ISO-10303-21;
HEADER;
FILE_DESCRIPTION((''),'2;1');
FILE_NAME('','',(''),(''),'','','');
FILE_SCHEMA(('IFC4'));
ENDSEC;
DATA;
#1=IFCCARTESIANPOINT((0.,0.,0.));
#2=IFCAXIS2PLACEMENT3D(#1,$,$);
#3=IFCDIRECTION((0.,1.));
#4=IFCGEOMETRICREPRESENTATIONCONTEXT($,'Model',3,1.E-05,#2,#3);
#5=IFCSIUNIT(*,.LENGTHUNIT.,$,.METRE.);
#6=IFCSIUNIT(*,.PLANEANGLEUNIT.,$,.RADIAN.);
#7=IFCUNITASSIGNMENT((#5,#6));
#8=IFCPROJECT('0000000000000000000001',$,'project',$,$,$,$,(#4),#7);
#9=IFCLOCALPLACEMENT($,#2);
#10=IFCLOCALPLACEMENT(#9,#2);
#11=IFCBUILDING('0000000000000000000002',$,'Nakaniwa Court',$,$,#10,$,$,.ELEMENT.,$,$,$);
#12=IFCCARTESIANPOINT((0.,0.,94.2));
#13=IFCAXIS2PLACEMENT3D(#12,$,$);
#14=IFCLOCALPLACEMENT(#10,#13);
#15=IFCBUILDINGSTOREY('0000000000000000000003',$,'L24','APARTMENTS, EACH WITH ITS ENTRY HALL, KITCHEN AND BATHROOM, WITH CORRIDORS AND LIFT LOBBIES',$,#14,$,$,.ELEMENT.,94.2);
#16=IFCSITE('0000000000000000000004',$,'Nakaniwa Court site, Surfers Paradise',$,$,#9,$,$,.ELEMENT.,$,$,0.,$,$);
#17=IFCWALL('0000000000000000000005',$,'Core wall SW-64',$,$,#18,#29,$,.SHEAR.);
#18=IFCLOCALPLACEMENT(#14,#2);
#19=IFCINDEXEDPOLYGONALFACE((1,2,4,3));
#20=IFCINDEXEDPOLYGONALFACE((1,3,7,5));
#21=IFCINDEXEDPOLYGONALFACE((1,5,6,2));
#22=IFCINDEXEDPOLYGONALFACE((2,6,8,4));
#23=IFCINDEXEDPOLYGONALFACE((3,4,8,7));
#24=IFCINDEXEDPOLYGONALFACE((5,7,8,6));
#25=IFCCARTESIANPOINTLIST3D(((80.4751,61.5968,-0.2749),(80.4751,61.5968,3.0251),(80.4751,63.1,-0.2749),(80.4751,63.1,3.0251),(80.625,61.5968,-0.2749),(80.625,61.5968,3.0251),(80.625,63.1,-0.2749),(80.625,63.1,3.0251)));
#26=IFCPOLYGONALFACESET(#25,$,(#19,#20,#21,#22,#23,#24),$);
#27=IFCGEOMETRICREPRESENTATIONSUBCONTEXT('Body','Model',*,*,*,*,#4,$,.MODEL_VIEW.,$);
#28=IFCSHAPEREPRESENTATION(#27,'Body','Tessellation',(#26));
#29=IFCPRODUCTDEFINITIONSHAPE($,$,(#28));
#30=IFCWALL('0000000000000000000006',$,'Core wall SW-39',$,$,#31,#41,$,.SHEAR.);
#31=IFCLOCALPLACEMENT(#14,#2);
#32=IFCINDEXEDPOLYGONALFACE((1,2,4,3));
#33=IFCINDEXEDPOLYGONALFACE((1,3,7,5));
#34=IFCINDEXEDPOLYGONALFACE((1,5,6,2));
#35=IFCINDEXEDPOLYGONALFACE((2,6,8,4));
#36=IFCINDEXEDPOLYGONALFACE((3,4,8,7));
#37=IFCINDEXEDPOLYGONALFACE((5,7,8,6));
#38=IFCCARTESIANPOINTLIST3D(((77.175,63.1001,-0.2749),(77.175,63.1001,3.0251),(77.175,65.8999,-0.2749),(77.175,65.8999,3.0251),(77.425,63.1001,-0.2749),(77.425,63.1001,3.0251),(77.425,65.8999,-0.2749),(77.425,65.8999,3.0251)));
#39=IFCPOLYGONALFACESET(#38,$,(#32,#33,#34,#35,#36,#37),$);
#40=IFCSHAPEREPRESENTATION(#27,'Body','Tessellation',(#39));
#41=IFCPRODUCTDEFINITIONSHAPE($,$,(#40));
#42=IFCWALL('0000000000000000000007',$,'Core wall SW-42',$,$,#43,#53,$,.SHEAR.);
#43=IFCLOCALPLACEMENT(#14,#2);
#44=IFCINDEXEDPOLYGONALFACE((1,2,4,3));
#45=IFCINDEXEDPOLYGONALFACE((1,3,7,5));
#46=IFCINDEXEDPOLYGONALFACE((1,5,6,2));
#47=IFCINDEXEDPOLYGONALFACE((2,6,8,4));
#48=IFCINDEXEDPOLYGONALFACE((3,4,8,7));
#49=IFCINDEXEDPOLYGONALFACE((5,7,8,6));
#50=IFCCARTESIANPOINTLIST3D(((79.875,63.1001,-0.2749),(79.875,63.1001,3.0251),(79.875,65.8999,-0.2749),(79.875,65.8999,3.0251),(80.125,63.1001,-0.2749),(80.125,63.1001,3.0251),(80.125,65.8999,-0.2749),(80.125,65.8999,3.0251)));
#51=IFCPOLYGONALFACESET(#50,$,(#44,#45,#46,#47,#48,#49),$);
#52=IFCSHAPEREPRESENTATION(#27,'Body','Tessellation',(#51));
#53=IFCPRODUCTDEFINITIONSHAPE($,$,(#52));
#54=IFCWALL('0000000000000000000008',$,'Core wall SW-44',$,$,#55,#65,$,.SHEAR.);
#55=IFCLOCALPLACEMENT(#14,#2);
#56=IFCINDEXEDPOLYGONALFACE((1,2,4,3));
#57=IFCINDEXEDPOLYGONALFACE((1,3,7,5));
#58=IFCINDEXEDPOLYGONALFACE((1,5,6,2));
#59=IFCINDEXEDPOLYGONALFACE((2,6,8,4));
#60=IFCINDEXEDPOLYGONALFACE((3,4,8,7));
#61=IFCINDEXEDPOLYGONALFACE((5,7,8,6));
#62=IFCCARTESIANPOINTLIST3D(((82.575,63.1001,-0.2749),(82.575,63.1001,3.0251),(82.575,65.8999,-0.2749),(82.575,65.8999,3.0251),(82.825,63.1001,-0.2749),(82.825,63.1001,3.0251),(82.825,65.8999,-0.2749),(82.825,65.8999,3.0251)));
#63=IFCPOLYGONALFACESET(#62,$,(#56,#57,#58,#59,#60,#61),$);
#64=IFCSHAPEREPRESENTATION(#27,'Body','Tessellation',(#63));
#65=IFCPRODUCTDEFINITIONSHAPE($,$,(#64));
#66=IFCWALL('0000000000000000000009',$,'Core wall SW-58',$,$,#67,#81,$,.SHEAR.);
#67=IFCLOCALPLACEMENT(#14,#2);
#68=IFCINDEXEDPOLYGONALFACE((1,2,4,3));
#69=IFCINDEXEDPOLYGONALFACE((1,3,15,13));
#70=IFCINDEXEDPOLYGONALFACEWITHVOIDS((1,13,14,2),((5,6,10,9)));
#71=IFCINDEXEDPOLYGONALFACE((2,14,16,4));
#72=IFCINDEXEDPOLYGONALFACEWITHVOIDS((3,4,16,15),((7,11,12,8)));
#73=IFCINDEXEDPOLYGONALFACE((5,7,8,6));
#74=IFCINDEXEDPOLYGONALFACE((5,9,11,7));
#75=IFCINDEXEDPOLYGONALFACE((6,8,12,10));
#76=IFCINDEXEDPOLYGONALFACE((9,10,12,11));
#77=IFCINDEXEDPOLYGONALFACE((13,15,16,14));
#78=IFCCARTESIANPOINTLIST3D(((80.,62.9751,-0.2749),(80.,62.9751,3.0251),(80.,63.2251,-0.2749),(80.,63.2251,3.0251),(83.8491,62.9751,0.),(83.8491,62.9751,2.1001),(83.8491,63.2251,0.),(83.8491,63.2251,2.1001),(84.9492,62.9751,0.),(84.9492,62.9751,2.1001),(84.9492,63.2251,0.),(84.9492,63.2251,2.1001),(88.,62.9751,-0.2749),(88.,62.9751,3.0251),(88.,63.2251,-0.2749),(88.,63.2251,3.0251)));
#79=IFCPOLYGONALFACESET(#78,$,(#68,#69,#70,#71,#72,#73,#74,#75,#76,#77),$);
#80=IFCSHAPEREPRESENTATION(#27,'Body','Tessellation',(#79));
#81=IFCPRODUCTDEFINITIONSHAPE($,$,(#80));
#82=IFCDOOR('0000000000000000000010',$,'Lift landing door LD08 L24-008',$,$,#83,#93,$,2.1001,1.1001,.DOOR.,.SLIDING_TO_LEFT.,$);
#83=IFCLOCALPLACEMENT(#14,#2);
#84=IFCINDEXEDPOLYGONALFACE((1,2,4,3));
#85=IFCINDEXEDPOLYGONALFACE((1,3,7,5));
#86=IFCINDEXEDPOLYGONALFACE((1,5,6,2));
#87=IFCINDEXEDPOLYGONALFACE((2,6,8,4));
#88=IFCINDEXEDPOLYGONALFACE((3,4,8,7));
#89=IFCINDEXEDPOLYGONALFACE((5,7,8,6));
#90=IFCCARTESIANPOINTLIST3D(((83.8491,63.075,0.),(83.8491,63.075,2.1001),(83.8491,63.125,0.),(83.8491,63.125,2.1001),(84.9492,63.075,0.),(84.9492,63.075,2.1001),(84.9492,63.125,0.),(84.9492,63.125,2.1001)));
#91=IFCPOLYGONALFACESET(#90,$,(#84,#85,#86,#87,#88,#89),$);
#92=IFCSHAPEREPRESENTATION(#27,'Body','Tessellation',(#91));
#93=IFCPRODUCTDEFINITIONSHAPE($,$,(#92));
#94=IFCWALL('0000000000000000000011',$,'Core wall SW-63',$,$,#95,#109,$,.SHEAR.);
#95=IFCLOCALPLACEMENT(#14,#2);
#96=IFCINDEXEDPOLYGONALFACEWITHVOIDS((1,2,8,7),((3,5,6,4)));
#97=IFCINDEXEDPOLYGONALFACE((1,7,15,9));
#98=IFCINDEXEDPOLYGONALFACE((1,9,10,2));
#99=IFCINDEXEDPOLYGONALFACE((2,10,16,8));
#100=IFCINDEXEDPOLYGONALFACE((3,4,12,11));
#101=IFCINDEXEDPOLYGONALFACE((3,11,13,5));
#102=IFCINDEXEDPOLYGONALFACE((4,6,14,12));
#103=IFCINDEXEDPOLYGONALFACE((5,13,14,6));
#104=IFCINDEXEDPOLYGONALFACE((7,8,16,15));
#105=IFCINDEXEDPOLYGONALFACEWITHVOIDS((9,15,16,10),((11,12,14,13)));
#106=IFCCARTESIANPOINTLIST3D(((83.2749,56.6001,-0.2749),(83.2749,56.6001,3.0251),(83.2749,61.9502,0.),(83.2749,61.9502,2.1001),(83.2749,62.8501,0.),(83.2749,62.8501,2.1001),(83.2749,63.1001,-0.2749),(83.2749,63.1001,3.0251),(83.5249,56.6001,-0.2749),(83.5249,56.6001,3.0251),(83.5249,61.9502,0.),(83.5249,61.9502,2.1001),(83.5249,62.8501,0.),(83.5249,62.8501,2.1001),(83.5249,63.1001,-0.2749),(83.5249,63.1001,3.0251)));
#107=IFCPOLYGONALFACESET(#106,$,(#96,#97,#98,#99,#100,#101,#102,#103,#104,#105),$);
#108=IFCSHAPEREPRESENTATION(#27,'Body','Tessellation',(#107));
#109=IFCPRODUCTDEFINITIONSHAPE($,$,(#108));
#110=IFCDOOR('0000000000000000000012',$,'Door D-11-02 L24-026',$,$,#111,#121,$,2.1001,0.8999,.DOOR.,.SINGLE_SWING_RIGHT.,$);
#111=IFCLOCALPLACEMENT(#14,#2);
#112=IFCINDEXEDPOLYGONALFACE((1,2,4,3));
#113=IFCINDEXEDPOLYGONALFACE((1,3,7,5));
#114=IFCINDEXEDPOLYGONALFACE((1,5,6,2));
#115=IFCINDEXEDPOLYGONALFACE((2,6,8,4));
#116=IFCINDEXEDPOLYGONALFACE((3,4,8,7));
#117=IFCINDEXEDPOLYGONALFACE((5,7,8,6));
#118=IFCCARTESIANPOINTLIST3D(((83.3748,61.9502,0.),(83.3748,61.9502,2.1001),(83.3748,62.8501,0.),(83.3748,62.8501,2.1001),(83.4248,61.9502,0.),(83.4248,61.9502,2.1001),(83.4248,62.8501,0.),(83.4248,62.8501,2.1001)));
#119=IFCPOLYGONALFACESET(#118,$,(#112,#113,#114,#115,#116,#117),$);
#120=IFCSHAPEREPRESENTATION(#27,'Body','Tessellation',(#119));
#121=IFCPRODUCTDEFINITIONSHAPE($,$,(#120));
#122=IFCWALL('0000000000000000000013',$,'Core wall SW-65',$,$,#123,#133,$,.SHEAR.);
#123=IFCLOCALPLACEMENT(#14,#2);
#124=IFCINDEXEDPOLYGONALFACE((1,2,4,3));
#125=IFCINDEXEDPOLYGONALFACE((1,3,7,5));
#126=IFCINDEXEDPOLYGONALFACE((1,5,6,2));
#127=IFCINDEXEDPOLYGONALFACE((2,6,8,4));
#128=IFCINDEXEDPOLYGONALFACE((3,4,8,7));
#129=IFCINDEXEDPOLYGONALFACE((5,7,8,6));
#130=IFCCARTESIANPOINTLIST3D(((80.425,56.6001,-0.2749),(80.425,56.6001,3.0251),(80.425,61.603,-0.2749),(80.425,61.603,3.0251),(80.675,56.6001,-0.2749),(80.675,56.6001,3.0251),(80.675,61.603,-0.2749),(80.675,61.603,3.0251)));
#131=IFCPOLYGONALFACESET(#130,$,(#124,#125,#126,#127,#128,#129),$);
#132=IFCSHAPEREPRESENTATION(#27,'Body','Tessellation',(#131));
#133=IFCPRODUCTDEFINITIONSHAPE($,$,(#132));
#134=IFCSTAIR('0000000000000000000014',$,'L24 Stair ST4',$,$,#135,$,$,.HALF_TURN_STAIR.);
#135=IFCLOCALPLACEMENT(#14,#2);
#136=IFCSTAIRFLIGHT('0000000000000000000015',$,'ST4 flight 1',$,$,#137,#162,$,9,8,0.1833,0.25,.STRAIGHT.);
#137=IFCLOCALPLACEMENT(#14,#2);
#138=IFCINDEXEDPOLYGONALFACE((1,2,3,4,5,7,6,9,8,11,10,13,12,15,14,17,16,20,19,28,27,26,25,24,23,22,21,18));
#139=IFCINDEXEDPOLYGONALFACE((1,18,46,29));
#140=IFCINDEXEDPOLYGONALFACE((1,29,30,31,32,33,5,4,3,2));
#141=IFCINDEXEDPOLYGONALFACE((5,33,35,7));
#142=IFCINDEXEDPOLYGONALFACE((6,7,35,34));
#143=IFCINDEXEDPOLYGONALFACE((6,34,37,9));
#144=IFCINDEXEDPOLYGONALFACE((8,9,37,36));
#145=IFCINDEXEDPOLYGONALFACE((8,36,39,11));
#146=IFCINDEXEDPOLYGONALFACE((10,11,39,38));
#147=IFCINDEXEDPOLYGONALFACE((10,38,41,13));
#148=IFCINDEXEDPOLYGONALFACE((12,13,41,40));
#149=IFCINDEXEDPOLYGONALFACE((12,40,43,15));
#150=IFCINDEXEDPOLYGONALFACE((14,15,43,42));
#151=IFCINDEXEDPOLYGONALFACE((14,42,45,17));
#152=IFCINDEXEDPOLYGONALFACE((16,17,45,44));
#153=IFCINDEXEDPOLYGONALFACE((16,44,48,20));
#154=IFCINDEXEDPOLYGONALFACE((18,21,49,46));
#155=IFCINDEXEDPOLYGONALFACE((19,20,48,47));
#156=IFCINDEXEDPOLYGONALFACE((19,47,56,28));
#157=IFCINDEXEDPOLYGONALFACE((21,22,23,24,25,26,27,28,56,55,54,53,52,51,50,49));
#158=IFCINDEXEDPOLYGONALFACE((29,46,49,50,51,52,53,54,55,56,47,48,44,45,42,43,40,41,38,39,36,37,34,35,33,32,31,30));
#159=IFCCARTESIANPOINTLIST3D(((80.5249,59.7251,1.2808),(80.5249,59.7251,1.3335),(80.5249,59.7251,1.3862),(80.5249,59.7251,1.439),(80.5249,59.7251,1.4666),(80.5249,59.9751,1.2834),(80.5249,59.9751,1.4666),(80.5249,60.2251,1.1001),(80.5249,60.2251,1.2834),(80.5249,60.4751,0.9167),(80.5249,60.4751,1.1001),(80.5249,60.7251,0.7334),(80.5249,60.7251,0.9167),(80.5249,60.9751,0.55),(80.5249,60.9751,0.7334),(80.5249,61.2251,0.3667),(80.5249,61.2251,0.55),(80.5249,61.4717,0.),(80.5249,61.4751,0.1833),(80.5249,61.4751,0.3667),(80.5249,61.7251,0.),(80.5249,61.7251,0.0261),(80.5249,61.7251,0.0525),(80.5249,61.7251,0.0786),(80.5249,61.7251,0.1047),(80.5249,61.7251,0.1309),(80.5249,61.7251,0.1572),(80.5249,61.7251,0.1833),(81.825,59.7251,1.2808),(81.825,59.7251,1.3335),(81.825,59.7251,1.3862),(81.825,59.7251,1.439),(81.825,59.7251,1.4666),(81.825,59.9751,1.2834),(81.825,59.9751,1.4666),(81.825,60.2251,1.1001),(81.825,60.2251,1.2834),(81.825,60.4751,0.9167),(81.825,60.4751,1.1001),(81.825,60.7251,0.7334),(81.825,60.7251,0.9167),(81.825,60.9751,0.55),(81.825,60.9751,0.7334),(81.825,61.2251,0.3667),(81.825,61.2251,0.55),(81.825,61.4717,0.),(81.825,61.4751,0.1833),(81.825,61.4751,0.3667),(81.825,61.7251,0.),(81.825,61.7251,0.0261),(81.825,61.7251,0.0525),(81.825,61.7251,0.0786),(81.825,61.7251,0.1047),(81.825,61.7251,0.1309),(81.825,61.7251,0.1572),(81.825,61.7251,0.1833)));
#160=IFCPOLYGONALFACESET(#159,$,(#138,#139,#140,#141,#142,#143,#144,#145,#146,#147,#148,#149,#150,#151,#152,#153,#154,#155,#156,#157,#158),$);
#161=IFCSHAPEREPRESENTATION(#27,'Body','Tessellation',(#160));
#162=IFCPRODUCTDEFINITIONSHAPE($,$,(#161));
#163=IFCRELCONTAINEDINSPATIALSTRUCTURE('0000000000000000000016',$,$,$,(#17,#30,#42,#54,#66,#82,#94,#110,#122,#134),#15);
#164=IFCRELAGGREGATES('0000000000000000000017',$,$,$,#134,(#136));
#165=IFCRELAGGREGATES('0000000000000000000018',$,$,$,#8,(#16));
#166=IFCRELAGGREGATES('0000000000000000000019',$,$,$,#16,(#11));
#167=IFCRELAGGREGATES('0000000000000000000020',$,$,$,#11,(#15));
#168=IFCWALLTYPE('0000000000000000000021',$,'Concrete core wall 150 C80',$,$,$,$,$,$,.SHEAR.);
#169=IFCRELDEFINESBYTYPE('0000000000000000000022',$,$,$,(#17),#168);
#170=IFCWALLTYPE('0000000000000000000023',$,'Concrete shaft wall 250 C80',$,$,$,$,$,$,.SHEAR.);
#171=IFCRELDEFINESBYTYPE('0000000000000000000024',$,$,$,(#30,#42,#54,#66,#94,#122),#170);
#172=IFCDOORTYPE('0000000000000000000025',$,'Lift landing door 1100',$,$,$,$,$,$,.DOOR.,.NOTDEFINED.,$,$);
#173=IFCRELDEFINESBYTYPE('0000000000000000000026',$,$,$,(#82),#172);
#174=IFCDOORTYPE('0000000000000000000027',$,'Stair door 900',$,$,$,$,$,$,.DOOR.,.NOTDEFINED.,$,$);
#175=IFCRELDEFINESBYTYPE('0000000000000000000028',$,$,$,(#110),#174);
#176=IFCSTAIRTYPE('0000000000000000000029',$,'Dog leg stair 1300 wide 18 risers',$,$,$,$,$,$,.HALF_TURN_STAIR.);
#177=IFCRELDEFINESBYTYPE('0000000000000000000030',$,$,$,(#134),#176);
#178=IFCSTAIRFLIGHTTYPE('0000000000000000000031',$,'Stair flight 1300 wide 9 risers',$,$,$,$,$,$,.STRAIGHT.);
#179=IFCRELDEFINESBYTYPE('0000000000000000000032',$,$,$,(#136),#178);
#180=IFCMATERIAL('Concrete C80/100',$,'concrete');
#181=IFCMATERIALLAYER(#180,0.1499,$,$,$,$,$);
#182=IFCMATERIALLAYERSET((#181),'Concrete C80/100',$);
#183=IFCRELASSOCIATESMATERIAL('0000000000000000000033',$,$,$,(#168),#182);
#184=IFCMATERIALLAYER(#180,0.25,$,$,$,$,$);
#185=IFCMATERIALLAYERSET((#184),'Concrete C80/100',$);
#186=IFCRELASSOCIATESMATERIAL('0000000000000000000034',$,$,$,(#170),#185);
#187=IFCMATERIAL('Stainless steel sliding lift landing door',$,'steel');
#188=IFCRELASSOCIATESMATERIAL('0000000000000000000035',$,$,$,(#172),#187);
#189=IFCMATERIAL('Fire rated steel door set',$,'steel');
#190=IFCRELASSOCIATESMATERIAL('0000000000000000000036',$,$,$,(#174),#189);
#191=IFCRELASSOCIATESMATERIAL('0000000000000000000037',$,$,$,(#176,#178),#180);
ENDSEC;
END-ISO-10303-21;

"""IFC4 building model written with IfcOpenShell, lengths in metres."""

from ifc_helpers import new_model, si_unit, direction, frame, frame_2d, origin, place, context, subcontext, project, spatial, polyline, rectangle, outline, extrude, material, layer, layer_set, type_object, element, fill, aggregate, save


model = new_model("IFC4")

# Units and contexts
model_context = context("Model", 3, precision=1e-05, world=origin(), true_north=direction((0.0, 1.0)))
body_context = subcontext(model_context, "Body", "Model", "MODEL_VIEW")
ifc_project = project(units=[si_unit("LENGTHUNIT", "METRE"), si_unit("PLANEANGLEUNIT", "RADIAN")], contexts=[model_context])

# Site, building, storey
site_placement = place(None, origin())
site = spatial("IfcSite", under=ifc_project, at=site_placement, Name="Nakaniwa Court site, Surfers Paradise", CompositionType="ELEMENT", RefElevation=0.0)
building_placement = place(site_placement, origin())
building = spatial("IfcBuilding", under=site, at=building_placement, Name="Nakaniwa Court", CompositionType="ELEMENT")
storey_placement = place(building_placement, frame((0.0, 0.0, 94.2)))
storey = spatial("IfcBuildingStorey", under=building, at=storey_placement, Name="L24", Description="APARTMENTS, EACH WITH ITS ENTRY HALL, KITCHEN AND BATHROOM, WITH CORRIDORS AND LIFT LOBBIES", CompositionType="ELEMENT", Elevation=94.2)

# Shared definitions
ifc_material_1 = material(Name="Concrete C80/100", Category="concrete")

# Shared definitions
ifc_material_2 = material(Name="Fire rated steel door set", Category="steel")

# Walls
ifc_layer_1 = layer(ifc_material_1, 0.1499)
ifc_layer_set_1 = layer_set([ifc_layer_1], Name="Concrete C80/100")
wall_type_1 = type_object("IfcWallType", Name="Concrete core wall 150 C80", PredefinedType="SHEAR", material=ifc_layer_set_1)
wall_1_placement = place(storey_placement, frame((80.55, 61.5969, -0.2749), z_axis=(0.0, 0.0, 1.0), x_axis=(0.0, 1.0, 0.0)))
element("IfcWall", 1, at=wall_1_placement, inside=storey, type_object=wall_type_1, Name="Core wall SW-64", PredefinedType="SHEAR", context=body_context, shape_type="SweptSolid", body=[
    extrude(rectangle(XDim=1.5032, YDim=0.1499, at=frame_2d((0.7515, 0.0))), origin(), (0.0, 0.0, 1.0), 3.3),
])
ifc_layer_2 = layer(ifc_material_1, 0.25)
ifc_layer_set_2 = layer_set([ifc_layer_2], Name="Concrete C80/100")
wall_type_2 = type_object("IfcWallType", Name="Concrete shaft wall 250 C80", PredefinedType="SHEAR", material=ifc_layer_set_2)
for number, where, z_axis, x_axis, name in (
    (2, (77.3, 63.1001, -0.2749), (0.0, 0.0, 1.0), (0.0, 1.0, 0.0), "Core wall SW-39"),
    (3, (80.0, 63.1001, -0.2749), (0.0, 0.0, 1.0), (0.0, 1.0, 0.0), "Core wall SW-42"),
    (4, (82.7, 63.1001, -0.2749), (0.0, 0.0, 1.0), (0.0, 1.0, 0.0), "Core wall SW-44"),
):
    element("IfcWall", number, at=place(storey_placement, frame(where, z_axis=z_axis, x_axis=x_axis)), inside=storey, type_object=wall_type_2, Name=name, PredefinedType="SHEAR", context=body_context, shape_type="SweptSolid", body=[
        extrude(rectangle(XDim=2.7998, YDim=0.25, at=frame_2d((1.3999, 0.0))), origin(), (0.0, 0.0, 1.0), 3.3),
    ])

# Walls, openings, doors
wall_2_placement = place(storey_placement, frame((80.0, 63.1001, -0.2749), z_axis=(0.0, 0.0, 1.0), x_axis=(1.0, 0.0, 0.0)))
wall_2 = element("IfcWall", 5, at=wall_2_placement, inside=storey, type_object=wall_type_2, Name="Core wall SW-58", PredefinedType="SHEAR", context=body_context, shape_type="SweptSolid", body=[
    extrude(rectangle(XDim=8.0, YDim=0.25, at=frame_2d((4.0, 0.0))), origin(), (0.0, 0.0, 1.0), 3.3),
])
opening_1_placement = place(wall_2_placement, frame((3.8491, 0.0, 0.2749)))
opening_1 = element("IfcOpeningElement", 6, at=opening_1_placement, cuts=wall_2, PredefinedType="OPENING", context=body_context, shape_type="SweptSolid", body=[
    extrude(rectangle(XDim=1.1001, YDim=2.1001, at=frame_2d((0.55, 1.05))), frame((0.0, 0.135, 0.0), z_axis=(0.0, -1.0, 0.0), x_axis=(1.0, 0.0, 0.0)), (0.0, 0.0, 1.0), 0.27),
])
ifc_material_3 = material(Name="Stainless steel sliding lift landing door", Category="steel")
door_type_1 = type_object("IfcDoorType", Name="Lift landing door 1100", OperationType="NOTDEFINED", PredefinedType="DOOR", material=ifc_material_3)
door_1_placement = place(opening_1_placement, origin())
door_1 = element("IfcDoor", 7, at=door_1_placement, inside=storey, type_object=door_type_1, Name="Lift landing door LD08 L24-008", OperationType="SLIDING_TO_LEFT", OverallHeight=2.1001, OverallWidth=1.1001, PredefinedType="DOOR", context=body_context, shape_type="SweptSolid", body=[
    extrude(rectangle(XDim=1.1001, YDim=2.1001, at=frame_2d((0.55, 1.05))), frame((0.0, 0.0249, 0.0), z_axis=(0.0, -1.0, 0.0), x_axis=(1.0, 0.0, 0.0)), (0.0, 0.0, 1.0), 0.05),
])
fill(opening_1, door_1)
wall_3_placement = place(storey_placement, frame((83.3999, 63.1001, -0.2749), z_axis=(0.0, 0.0, 1.0), x_axis=(0.0, -1.0, 0.0)))
wall_3 = element("IfcWall", 8, at=wall_3_placement, inside=storey, type_object=wall_type_2, Name="Core wall SW-63", PredefinedType="SHEAR", context=body_context, shape_type="SweptSolid", body=[
    extrude(rectangle(XDim=6.5, YDim=0.25, at=frame_2d((3.25, 0.0))), origin(), (0.0, 0.0, 1.0), 3.3),
])
opening_2_placement = place(wall_3_placement, frame((0.25, 0.0, 0.2749)))
opening_2 = element("IfcOpeningElement", 9, at=opening_2_placement, cuts=wall_3, PredefinedType="OPENING", context=body_context, shape_type="SweptSolid", body=[
    extrude(rectangle(XDim=0.8999, YDim=2.1001, at=frame_2d((0.45, 1.05))), frame((0.0, 0.135, 0.0), z_axis=(0.0, -1.0, 0.0), x_axis=(1.0, 0.0, 0.0)), (0.0, 0.0, 1.0), 0.27),
])
door_type_2 = type_object("IfcDoorType", Name="Stair door 900", OperationType="NOTDEFINED", PredefinedType="DOOR", material=ifc_material_2)
door_2_placement = place(opening_2_placement, origin())
door_2 = element("IfcDoor", 10, at=door_2_placement, inside=storey, type_object=door_type_2, Name="Door D-11-02 L24-026", OperationType="SINGLE_SWING_RIGHT", OverallHeight=2.1001, OverallWidth=0.8999, PredefinedType="DOOR", context=body_context, shape_type="SweptSolid", body=[
    extrude(rectangle(XDim=0.8999, YDim=2.1001, at=frame_2d((0.45, 1.05))), frame((0.0, 0.0249, 0.0), z_axis=(0.0, -1.0, 0.0), x_axis=(1.0, 0.0, 0.0)), (0.0, 0.0, 1.0), 0.05),
])
fill(opening_2, door_2)

# Wall
wall_4_placement = place(storey_placement, frame((80.55, 56.6001, -0.2749), z_axis=(0.0, 0.0, 1.0), x_axis=(0.0, 1.0, 0.0)))
element("IfcWall", 11, at=wall_4_placement, inside=storey, type_object=wall_type_2, Name="Core wall SW-65", PredefinedType="SHEAR", context=body_context, shape_type="SweptSolid", body=[
    extrude(rectangle(XDim=5.0029, YDim=0.25, at=frame_2d((2.5015, 0.0))), origin(), (0.0, 0.0, 1.0), 3.3),
])

# Stair, stair flight
stair_type = type_object("IfcStairType", Name="Dog leg stair 1300 wide 18 risers", PredefinedType="HALF_TURN_STAIR", material=ifc_material_1)
stair_placement = place(storey_placement, origin())
stair = element("IfcStair", 12, at=stair_placement, inside=storey, type_object=stair_type, Name="L24 Stair ST4", PredefinedType="HALF_TURN_STAIR")
stair_flight_type = type_object("IfcStairFlightType", Name="Stair flight 1300 wide 9 risers", PredefinedType="STRAIGHT", material=ifc_material_1)
stair_flight_1_placement = place(storey_placement, frame((81.175, 61.7251, 0.0), z_axis=(0.0, 0.0, 1.0), x_axis=(0.0, -1.0, 0.0)))
stair_flight_1 = element("IfcStairFlight", 13, at=stair_flight_1_placement, type_object=stair_flight_type, Name="ST4 flight 1", NumberOfRisers=9, NumberOfTreads=8, PredefinedType="STRAIGHT", RiserHeight=0.1833, TreadLength=0.25, context=body_context, shape_type="SweptSolid", body=[
    extrude(outline(polyline([(0.0, 0.0), (0.0, 0.0261), (0.0, 0.0525), (0.0, 0.0786), (0.0, 0.1047), (0.0, 0.1309), (0.0, 0.1572), (0.0, 0.1833), (0.25, 0.1833), (0.25, 0.3667), (0.5, 0.3667), (0.5, 0.55), (0.75, 0.55), (0.75, 0.7334), (1.0, 0.7334), (1.0, 0.9167), (1.25, 0.9167), (1.25, 1.1001), (1.5, 1.1001), (1.5, 1.2834), (1.75, 1.2834), (1.75, 1.4666), (2.0, 1.4666), (2.0, 1.6499), (2.0, 1.5972), (2.0, 1.5444), (2.0, 1.4917), (2.0, 1.439), (2.0, 1.3862), (2.0, 1.3335), (2.0, 1.2808), (0.2534, 0.0), (0.0, 0.0)])), frame((0.0, 0.6499, 0.0), z_axis=(0.0, -1.0, 0.0), x_axis=(1.0, 0.0, 0.0)), (0.0, 0.0, 1.0), 1.3),
])
aggregate(stair, [stair_flight_1])

save(model, "model.ifc")
